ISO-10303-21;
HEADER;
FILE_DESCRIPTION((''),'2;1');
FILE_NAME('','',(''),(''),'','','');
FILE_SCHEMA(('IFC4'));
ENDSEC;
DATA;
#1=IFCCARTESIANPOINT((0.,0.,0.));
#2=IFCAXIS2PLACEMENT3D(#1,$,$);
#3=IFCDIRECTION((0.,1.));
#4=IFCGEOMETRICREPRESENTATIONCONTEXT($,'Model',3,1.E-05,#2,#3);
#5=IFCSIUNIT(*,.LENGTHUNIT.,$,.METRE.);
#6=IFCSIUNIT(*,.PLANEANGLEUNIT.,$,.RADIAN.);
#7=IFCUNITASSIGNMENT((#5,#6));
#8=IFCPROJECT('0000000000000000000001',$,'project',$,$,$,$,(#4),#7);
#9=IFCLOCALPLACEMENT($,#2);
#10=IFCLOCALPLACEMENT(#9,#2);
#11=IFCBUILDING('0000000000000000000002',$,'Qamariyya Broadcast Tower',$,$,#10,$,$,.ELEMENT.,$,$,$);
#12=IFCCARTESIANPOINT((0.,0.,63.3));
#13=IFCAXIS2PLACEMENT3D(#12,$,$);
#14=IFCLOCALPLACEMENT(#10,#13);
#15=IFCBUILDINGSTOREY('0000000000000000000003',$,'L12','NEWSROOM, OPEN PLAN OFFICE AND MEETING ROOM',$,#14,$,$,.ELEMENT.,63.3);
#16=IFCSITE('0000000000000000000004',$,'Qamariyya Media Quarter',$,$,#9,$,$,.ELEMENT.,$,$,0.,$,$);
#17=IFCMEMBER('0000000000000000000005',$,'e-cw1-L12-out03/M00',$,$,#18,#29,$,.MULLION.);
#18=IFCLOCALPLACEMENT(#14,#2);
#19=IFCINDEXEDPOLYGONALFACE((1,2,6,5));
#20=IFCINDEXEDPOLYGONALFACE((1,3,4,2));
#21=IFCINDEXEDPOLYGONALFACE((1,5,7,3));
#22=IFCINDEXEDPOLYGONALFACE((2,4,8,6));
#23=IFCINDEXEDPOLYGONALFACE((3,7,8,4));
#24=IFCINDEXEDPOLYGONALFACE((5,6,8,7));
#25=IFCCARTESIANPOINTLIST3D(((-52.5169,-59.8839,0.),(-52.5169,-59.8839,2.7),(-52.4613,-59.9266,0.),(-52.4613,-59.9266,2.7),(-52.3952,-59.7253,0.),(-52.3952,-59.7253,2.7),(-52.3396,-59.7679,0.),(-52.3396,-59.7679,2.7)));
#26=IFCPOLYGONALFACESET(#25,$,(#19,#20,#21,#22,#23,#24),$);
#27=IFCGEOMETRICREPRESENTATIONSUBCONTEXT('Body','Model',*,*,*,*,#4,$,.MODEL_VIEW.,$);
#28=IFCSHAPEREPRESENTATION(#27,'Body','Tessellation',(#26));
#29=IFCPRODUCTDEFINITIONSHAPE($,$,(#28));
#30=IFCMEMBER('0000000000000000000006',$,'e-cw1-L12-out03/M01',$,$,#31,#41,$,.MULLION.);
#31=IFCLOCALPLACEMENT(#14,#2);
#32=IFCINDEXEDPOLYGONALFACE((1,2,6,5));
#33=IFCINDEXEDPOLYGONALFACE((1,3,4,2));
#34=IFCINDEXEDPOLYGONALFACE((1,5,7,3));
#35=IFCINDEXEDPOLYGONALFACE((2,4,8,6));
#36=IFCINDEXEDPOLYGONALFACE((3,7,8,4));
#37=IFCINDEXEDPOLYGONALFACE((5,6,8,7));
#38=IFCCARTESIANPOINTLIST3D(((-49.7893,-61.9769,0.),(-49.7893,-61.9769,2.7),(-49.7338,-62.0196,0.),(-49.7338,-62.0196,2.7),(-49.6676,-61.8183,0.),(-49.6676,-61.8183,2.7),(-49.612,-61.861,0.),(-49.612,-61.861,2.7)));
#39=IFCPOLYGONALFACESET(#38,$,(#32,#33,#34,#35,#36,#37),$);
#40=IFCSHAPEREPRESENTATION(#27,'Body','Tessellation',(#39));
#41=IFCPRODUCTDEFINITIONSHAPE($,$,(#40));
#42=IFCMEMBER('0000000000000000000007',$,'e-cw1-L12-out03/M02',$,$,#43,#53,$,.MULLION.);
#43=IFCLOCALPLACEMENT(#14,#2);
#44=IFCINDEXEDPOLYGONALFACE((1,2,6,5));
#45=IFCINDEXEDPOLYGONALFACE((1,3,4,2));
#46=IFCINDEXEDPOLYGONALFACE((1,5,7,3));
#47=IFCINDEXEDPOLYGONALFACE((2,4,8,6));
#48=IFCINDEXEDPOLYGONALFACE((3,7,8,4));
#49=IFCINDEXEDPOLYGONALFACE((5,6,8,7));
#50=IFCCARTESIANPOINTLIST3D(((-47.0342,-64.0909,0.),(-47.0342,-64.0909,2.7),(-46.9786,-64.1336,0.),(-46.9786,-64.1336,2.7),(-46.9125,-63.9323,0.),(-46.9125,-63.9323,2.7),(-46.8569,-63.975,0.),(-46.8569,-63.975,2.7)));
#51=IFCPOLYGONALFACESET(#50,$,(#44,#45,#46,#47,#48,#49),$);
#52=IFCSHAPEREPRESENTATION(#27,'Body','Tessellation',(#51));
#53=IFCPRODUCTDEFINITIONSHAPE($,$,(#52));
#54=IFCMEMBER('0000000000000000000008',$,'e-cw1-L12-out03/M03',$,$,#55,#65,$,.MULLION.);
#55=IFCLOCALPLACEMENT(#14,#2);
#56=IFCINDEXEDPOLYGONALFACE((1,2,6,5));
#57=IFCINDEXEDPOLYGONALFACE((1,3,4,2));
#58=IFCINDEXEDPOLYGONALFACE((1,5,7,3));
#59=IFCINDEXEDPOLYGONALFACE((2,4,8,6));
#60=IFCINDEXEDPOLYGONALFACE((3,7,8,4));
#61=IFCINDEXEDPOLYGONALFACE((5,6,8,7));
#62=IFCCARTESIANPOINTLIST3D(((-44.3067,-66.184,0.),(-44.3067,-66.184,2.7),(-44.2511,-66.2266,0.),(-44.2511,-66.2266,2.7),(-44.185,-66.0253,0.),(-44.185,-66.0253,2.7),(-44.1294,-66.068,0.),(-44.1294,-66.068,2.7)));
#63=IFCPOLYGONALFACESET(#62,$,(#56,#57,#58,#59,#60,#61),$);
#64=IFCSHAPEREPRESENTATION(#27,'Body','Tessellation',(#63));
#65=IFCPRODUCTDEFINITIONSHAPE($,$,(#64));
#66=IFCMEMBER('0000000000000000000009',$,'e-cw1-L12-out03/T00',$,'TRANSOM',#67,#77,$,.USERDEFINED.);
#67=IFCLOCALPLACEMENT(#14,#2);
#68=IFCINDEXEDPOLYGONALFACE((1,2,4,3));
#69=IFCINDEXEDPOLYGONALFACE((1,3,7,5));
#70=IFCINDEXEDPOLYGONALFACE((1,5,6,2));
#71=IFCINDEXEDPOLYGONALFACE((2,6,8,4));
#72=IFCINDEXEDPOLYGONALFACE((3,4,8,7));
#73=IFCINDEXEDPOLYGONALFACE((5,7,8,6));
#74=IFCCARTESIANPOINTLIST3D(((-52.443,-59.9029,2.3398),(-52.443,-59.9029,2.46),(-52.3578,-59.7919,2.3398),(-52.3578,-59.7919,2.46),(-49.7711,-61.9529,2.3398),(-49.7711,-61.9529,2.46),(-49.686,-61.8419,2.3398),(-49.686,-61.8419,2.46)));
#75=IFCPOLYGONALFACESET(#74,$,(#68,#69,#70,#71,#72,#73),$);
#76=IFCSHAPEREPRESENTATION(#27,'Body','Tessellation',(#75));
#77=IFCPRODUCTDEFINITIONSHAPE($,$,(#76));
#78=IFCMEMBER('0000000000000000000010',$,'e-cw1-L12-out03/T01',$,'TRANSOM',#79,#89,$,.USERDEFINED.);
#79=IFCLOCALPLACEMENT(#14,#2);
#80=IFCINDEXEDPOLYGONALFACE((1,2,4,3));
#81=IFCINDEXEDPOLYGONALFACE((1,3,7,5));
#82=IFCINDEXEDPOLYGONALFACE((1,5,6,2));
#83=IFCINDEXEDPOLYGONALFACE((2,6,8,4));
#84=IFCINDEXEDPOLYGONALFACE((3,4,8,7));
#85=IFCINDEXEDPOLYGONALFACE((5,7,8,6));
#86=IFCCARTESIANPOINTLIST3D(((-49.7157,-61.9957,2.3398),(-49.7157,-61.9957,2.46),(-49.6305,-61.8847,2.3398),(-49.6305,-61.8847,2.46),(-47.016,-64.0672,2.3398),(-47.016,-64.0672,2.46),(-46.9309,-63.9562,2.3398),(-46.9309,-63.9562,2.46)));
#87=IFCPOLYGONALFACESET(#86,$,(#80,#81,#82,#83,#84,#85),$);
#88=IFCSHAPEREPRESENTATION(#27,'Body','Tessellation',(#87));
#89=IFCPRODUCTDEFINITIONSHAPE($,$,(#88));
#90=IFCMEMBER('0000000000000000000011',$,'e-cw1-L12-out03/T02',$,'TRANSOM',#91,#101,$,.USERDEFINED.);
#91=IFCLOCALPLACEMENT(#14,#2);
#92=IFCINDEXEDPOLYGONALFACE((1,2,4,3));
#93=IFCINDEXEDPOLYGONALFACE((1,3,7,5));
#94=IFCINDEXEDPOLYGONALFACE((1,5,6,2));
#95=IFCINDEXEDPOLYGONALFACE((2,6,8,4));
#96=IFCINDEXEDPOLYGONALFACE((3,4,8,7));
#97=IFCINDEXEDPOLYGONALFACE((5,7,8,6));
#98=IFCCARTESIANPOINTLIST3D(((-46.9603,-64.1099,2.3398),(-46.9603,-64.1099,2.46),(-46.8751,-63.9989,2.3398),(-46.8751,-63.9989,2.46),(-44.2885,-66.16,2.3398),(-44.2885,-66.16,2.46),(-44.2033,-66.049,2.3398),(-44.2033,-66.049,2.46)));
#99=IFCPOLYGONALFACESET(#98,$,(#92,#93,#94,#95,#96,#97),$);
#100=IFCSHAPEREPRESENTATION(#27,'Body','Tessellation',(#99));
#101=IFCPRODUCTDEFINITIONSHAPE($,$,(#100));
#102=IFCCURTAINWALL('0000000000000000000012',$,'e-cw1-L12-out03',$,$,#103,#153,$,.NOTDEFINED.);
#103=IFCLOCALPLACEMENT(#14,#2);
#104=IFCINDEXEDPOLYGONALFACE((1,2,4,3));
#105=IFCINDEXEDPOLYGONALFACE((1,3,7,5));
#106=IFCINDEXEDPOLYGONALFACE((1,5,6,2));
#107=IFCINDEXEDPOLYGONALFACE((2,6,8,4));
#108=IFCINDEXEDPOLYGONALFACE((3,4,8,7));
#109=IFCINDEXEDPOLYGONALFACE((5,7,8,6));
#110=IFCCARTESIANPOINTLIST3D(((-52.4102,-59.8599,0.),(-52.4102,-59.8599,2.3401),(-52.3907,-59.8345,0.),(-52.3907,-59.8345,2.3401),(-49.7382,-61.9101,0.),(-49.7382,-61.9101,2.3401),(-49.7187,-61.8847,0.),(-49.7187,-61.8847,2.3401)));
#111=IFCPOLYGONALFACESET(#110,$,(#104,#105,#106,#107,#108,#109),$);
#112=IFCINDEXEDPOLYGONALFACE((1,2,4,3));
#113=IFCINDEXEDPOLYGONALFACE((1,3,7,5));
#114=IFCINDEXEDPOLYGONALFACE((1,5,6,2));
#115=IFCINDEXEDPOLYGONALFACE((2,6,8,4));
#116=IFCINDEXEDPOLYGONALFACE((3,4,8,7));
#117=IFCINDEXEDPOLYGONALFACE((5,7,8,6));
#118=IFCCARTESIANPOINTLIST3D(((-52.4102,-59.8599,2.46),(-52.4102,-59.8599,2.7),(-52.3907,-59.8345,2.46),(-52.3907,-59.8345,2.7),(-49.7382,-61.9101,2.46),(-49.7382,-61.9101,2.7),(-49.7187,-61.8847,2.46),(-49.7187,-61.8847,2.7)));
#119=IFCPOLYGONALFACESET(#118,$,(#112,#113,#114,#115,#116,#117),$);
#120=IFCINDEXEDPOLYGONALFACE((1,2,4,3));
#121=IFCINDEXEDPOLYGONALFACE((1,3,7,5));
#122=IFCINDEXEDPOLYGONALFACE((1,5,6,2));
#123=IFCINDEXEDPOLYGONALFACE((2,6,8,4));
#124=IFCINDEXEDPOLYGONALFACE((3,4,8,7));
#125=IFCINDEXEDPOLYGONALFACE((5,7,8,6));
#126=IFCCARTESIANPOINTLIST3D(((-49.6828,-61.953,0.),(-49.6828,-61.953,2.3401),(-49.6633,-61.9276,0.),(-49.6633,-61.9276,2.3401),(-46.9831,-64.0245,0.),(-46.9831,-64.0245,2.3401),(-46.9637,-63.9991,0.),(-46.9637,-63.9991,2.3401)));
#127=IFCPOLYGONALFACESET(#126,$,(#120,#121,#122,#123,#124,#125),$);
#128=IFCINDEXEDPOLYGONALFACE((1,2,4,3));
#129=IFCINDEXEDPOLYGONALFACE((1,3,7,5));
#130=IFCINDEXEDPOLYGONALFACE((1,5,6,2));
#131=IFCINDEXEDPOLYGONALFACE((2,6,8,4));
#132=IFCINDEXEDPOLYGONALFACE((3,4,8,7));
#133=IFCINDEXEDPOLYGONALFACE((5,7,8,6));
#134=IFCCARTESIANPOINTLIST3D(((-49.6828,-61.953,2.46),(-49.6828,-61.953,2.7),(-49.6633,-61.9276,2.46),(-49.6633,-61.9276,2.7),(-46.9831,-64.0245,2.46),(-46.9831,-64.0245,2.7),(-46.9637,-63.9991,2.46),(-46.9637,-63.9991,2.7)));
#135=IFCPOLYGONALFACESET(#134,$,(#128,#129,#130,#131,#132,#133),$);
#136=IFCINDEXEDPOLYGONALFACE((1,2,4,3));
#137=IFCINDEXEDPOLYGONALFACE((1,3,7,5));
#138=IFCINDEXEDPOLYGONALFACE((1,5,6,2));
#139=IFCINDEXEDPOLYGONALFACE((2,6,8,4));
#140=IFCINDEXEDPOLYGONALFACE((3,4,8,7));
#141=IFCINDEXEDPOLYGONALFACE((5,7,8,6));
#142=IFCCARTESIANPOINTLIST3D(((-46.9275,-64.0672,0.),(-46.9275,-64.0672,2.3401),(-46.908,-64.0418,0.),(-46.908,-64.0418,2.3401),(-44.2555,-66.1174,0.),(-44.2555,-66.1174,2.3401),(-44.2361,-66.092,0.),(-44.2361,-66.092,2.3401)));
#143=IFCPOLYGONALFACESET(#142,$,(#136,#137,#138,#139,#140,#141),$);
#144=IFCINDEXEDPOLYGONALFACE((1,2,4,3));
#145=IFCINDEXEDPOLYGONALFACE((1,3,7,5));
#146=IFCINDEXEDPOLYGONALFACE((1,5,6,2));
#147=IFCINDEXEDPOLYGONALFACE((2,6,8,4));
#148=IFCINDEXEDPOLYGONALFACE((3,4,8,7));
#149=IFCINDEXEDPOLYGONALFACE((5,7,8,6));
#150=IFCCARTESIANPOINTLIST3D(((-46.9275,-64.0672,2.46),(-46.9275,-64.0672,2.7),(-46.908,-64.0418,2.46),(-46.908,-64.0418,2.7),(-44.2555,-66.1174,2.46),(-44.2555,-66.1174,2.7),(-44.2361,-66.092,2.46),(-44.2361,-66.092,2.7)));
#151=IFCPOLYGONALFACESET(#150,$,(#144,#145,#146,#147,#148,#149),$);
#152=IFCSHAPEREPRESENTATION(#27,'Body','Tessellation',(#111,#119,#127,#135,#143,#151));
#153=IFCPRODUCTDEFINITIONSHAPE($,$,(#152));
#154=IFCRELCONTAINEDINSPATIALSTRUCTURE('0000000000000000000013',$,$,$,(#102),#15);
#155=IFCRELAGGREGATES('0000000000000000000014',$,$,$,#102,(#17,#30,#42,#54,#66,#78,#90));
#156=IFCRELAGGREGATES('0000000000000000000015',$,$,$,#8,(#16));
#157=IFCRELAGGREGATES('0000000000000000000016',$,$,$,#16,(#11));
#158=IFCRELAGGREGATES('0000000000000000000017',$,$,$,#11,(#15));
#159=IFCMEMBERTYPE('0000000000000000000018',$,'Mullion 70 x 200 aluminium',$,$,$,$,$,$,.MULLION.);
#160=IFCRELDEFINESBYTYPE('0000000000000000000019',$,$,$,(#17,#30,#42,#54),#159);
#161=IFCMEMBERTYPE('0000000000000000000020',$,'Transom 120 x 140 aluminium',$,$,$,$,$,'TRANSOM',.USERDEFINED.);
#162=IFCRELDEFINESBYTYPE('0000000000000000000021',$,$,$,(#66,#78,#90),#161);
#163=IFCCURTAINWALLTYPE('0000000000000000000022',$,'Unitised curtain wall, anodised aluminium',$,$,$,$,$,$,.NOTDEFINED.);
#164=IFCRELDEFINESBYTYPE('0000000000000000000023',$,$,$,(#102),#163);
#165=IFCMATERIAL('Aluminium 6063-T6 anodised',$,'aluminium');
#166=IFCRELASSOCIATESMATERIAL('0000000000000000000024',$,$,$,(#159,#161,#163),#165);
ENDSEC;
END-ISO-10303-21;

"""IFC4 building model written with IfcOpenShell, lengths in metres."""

from ifc_helpers import new_model, si_unit, direction, frame, origin, origin_2d, place, context, subcontext, project, spatial, rectangle, extrude, material, material_profile, profile_set, type_object, element, aggregate, save


model = new_model("IFC4")

# Units and contexts
model_context = context("Model", 3, precision=1e-05, world=origin(), true_north=direction((0.0, 1.0)))
body_context = subcontext(model_context, "Body", "Model", "MODEL_VIEW")
ifc_project = project(units=[si_unit("LENGTHUNIT", "METRE"), si_unit("PLANEANGLEUNIT", "RADIAN")], contexts=[model_context])

# Members
ifc_material_1 = material(Name="Aluminium 6063-T6 anodised", Category="aluminium")
ifc_material_profile_1 = material_profile(ifc_material_1, rectangle(XDim=0.2, YDim=0.0701, at=origin_2d()))
ifc_profile_set_1 = profile_set([ifc_material_profile_1], Name="Aluminium 6063-T6 anodised")
member_type_1 = type_object("IfcMemberType", Name="Mullion 70 x 200 aluminium", PredefinedType="MULLION", material=ifc_profile_set_1)
site_placement = place(None, origin())
building_placement = place(site_placement, origin())
storey_placement = place(building_placement, frame((0.0, 0.0, 63.3)))
member_1_placement = place(storey_placement, frame((-52.4282, -59.8259, 0.0), z_axis=(0.0, 0.0, 1.0), x_axis=(0.608761, 0.793353, 0.0)))
member_1 = element("IfcMember", 1, at=member_1_placement, type_object=member_type_1, Name="e-cw1-L12-out03/M00", PredefinedType="MULLION", context=body_context, shape_type="SweptSolid", body=[
    extrude(rectangle(XDim=0.2, YDim=0.0701, at=origin_2d()), origin(), (0.0, 0.0, 1.0), 2.7),
])
member_2_placement = place(storey_placement, frame((-49.7007, -61.9189, 0.0), z_axis=(0.0, 0.0, 1.0), x_axis=(0.608761, 0.793353, 0.0)))
member_2 = element("IfcMember", 2, at=member_2_placement, type_object=member_type_1, Name="e-cw1-L12-out03/M01", PredefinedType="MULLION", context=body_context, shape_type="SweptSolid", body=[
    extrude(rectangle(XDim=0.2, YDim=0.0701, at=origin_2d()), origin(), (0.0, 0.0, 1.0), 2.7),
])
member_3_placement = place(storey_placement, frame((-46.9456, -64.033, 0.0), z_axis=(0.0, 0.0, 1.0), x_axis=(0.608761, 0.793353, 0.0)))
member_3 = element("IfcMember", 3, at=member_3_placement, type_object=member_type_1, Name="e-cw1-L12-out03/M02", PredefinedType="MULLION", context=body_context, shape_type="SweptSolid", body=[
    extrude(rectangle(XDim=0.2, YDim=0.0701, at=origin_2d()), origin(), (0.0, 0.0, 1.0), 2.7),
])
member_4_placement = place(storey_placement, frame((-44.218, -66.126, 0.0), z_axis=(0.0, 0.0, 1.0), x_axis=(0.608761, 0.793353, 0.0)))
member_4 = element("IfcMember", 4, at=member_4_placement, type_object=member_type_1, Name="e-cw1-L12-out03/M03", PredefinedType="MULLION", context=body_context, shape_type="SweptSolid", body=[
    extrude(rectangle(XDim=0.2, YDim=0.0701, at=origin_2d()), origin(), (0.0, 0.0, 1.0), 2.7),
])
ifc_material_profile_2 = material_profile(ifc_material_1, rectangle(XDim=0.1399, YDim=0.1201, at=origin_2d()))
ifc_profile_set_2 = profile_set([ifc_material_profile_2], Name="Aluminium 6063-T6 anodised")
member_type_2 = type_object("IfcMemberType", Name="Transom 120 x 140 aluminium", ElementType="TRANSOM", PredefinedType="USERDEFINED", material=ifc_profile_set_2)
member_5_placement = place(storey_placement, frame((-52.4004, -59.8474, 2.3999), z_axis=(0.793375, -0.608733, 0.0), x_axis=(0.608733, 0.793375, 0.0)))
member_5 = element("IfcMember", 5, at=member_5_placement, type_object=member_type_2, Name="e-cw1-L12-out03/T00", ObjectType="TRANSOM", PredefinedType="USERDEFINED", context=body_context, shape_type="SweptSolid", body=[
    extrude(rectangle(XDim=0.1399, YDim=0.1201, at=origin_2d()), origin(), (0.0, 0.0, 1.0), 3.3677),
])
member_6_placement = place(storey_placement, frame((-49.6731, -61.9402, 2.3999), z_axis=(0.793357, -0.608757, 0.0), x_axis=(0.608757, 0.793357, 0.0)))
member_6 = element("IfcMember", 6, at=member_6_placement, type_object=member_type_2, Name="e-cw1-L12-out03/T01", ObjectType="TRANSOM", PredefinedType="USERDEFINED", context=body_context, shape_type="SweptSolid", body=[
    extrude(rectangle(XDim=0.1399, YDim=0.1201, at=origin_2d()), origin(), (0.0, 0.0, 1.0), 3.4028),
])
member_7_placement = place(storey_placement, frame((-46.9177, -64.0544, 2.3999), z_axis=(0.793375, -0.608733, 0.0), x_axis=(0.608733, 0.793375, 0.0)))
member_7 = element("IfcMember", 7, at=member_7_placement, type_object=member_type_2, Name="e-cw1-L12-out03/T02", ObjectType="TRANSOM", PredefinedType="USERDEFINED", context=body_context, shape_type="SweptSolid", body=[
    extrude(rectangle(XDim=0.1399, YDim=0.1201, at=origin_2d()), origin(), (0.0, 0.0, 1.0), 3.3677),
])

# Site, building, storey
site = spatial("IfcSite", under=ifc_project, at=site_placement, Name="Qamariyya Media Quarter", CompositionType="ELEMENT", RefElevation=0.0)
building = spatial("IfcBuilding", under=site, at=building_placement, Name="Qamariyya Broadcast Tower", CompositionType="ELEMENT")
storey = spatial("IfcBuildingStorey", under=building, at=storey_placement, Name="L12", Description="NEWSROOM, OPEN PLAN OFFICE AND MEETING ROOM", CompositionType="ELEMENT", Elevation=63.3)

# Curtain wall
curtain_wall_type = type_object("IfcCurtainWallType", Name="Unitised curtain wall, anodised aluminium", PredefinedType="NOTDEFINED", material=ifc_material_1)
curtain_wall_1_placement = place(storey_placement, origin())
curtain_wall_1 = element("IfcCurtainWall", 8, at=curtain_wall_1_placement, inside=storey, type_object=curtain_wall_type, Name="e-cw1-L12-out03", PredefinedType="NOTDEFINED", context=body_context, shape_type="SweptSolid", body=[
    extrude(rectangle(XDim=3.3679, YDim=0.032, at=origin_2d()), frame((-51.0645, -60.8723, 0.0), x_axis=(0.793358, -0.608756, 0.0)), (0.0, 0.0, 1.0), 2.3401),
    extrude(rectangle(XDim=3.3679, YDim=0.032, at=origin_2d()), frame((-51.0645, -60.8723, 2.46), x_axis=(0.793358, -0.608756, 0.0)), (0.0, 0.0, 1.0), 0.24),
    extrude(rectangle(XDim=3.4028, YDim=0.032, at=origin_2d()), frame((-48.3232, -62.9761, 0.0), x_axis=(0.793358, -0.608756, 0.0)), (0.0, 0.0, 1.0), 2.3401),
    extrude(rectangle(XDim=3.4028, YDim=0.032, at=origin_2d()), frame((-48.3232, -62.9761, 2.46), x_axis=(0.793358, -0.608756, 0.0)), (0.0, 0.0, 1.0), 0.24),
    extrude(rectangle(XDim=3.3679, YDim=0.032, at=origin_2d()), frame((-45.5818, -65.0796, 0.0), x_axis=(0.793358, -0.608756, 0.0)), (0.0, 0.0, 1.0), 2.3401),
    extrude(rectangle(XDim=3.3679, YDim=0.032, at=origin_2d()), frame((-45.5818, -65.0796, 2.46), x_axis=(0.793358, -0.608756, 0.0)), (0.0, 0.0, 1.0), 0.24),
])
aggregate(curtain_wall_1, [member_1, member_2, member_3, member_4, member_5, member_6, member_7])

save(model, "model.ifc")
